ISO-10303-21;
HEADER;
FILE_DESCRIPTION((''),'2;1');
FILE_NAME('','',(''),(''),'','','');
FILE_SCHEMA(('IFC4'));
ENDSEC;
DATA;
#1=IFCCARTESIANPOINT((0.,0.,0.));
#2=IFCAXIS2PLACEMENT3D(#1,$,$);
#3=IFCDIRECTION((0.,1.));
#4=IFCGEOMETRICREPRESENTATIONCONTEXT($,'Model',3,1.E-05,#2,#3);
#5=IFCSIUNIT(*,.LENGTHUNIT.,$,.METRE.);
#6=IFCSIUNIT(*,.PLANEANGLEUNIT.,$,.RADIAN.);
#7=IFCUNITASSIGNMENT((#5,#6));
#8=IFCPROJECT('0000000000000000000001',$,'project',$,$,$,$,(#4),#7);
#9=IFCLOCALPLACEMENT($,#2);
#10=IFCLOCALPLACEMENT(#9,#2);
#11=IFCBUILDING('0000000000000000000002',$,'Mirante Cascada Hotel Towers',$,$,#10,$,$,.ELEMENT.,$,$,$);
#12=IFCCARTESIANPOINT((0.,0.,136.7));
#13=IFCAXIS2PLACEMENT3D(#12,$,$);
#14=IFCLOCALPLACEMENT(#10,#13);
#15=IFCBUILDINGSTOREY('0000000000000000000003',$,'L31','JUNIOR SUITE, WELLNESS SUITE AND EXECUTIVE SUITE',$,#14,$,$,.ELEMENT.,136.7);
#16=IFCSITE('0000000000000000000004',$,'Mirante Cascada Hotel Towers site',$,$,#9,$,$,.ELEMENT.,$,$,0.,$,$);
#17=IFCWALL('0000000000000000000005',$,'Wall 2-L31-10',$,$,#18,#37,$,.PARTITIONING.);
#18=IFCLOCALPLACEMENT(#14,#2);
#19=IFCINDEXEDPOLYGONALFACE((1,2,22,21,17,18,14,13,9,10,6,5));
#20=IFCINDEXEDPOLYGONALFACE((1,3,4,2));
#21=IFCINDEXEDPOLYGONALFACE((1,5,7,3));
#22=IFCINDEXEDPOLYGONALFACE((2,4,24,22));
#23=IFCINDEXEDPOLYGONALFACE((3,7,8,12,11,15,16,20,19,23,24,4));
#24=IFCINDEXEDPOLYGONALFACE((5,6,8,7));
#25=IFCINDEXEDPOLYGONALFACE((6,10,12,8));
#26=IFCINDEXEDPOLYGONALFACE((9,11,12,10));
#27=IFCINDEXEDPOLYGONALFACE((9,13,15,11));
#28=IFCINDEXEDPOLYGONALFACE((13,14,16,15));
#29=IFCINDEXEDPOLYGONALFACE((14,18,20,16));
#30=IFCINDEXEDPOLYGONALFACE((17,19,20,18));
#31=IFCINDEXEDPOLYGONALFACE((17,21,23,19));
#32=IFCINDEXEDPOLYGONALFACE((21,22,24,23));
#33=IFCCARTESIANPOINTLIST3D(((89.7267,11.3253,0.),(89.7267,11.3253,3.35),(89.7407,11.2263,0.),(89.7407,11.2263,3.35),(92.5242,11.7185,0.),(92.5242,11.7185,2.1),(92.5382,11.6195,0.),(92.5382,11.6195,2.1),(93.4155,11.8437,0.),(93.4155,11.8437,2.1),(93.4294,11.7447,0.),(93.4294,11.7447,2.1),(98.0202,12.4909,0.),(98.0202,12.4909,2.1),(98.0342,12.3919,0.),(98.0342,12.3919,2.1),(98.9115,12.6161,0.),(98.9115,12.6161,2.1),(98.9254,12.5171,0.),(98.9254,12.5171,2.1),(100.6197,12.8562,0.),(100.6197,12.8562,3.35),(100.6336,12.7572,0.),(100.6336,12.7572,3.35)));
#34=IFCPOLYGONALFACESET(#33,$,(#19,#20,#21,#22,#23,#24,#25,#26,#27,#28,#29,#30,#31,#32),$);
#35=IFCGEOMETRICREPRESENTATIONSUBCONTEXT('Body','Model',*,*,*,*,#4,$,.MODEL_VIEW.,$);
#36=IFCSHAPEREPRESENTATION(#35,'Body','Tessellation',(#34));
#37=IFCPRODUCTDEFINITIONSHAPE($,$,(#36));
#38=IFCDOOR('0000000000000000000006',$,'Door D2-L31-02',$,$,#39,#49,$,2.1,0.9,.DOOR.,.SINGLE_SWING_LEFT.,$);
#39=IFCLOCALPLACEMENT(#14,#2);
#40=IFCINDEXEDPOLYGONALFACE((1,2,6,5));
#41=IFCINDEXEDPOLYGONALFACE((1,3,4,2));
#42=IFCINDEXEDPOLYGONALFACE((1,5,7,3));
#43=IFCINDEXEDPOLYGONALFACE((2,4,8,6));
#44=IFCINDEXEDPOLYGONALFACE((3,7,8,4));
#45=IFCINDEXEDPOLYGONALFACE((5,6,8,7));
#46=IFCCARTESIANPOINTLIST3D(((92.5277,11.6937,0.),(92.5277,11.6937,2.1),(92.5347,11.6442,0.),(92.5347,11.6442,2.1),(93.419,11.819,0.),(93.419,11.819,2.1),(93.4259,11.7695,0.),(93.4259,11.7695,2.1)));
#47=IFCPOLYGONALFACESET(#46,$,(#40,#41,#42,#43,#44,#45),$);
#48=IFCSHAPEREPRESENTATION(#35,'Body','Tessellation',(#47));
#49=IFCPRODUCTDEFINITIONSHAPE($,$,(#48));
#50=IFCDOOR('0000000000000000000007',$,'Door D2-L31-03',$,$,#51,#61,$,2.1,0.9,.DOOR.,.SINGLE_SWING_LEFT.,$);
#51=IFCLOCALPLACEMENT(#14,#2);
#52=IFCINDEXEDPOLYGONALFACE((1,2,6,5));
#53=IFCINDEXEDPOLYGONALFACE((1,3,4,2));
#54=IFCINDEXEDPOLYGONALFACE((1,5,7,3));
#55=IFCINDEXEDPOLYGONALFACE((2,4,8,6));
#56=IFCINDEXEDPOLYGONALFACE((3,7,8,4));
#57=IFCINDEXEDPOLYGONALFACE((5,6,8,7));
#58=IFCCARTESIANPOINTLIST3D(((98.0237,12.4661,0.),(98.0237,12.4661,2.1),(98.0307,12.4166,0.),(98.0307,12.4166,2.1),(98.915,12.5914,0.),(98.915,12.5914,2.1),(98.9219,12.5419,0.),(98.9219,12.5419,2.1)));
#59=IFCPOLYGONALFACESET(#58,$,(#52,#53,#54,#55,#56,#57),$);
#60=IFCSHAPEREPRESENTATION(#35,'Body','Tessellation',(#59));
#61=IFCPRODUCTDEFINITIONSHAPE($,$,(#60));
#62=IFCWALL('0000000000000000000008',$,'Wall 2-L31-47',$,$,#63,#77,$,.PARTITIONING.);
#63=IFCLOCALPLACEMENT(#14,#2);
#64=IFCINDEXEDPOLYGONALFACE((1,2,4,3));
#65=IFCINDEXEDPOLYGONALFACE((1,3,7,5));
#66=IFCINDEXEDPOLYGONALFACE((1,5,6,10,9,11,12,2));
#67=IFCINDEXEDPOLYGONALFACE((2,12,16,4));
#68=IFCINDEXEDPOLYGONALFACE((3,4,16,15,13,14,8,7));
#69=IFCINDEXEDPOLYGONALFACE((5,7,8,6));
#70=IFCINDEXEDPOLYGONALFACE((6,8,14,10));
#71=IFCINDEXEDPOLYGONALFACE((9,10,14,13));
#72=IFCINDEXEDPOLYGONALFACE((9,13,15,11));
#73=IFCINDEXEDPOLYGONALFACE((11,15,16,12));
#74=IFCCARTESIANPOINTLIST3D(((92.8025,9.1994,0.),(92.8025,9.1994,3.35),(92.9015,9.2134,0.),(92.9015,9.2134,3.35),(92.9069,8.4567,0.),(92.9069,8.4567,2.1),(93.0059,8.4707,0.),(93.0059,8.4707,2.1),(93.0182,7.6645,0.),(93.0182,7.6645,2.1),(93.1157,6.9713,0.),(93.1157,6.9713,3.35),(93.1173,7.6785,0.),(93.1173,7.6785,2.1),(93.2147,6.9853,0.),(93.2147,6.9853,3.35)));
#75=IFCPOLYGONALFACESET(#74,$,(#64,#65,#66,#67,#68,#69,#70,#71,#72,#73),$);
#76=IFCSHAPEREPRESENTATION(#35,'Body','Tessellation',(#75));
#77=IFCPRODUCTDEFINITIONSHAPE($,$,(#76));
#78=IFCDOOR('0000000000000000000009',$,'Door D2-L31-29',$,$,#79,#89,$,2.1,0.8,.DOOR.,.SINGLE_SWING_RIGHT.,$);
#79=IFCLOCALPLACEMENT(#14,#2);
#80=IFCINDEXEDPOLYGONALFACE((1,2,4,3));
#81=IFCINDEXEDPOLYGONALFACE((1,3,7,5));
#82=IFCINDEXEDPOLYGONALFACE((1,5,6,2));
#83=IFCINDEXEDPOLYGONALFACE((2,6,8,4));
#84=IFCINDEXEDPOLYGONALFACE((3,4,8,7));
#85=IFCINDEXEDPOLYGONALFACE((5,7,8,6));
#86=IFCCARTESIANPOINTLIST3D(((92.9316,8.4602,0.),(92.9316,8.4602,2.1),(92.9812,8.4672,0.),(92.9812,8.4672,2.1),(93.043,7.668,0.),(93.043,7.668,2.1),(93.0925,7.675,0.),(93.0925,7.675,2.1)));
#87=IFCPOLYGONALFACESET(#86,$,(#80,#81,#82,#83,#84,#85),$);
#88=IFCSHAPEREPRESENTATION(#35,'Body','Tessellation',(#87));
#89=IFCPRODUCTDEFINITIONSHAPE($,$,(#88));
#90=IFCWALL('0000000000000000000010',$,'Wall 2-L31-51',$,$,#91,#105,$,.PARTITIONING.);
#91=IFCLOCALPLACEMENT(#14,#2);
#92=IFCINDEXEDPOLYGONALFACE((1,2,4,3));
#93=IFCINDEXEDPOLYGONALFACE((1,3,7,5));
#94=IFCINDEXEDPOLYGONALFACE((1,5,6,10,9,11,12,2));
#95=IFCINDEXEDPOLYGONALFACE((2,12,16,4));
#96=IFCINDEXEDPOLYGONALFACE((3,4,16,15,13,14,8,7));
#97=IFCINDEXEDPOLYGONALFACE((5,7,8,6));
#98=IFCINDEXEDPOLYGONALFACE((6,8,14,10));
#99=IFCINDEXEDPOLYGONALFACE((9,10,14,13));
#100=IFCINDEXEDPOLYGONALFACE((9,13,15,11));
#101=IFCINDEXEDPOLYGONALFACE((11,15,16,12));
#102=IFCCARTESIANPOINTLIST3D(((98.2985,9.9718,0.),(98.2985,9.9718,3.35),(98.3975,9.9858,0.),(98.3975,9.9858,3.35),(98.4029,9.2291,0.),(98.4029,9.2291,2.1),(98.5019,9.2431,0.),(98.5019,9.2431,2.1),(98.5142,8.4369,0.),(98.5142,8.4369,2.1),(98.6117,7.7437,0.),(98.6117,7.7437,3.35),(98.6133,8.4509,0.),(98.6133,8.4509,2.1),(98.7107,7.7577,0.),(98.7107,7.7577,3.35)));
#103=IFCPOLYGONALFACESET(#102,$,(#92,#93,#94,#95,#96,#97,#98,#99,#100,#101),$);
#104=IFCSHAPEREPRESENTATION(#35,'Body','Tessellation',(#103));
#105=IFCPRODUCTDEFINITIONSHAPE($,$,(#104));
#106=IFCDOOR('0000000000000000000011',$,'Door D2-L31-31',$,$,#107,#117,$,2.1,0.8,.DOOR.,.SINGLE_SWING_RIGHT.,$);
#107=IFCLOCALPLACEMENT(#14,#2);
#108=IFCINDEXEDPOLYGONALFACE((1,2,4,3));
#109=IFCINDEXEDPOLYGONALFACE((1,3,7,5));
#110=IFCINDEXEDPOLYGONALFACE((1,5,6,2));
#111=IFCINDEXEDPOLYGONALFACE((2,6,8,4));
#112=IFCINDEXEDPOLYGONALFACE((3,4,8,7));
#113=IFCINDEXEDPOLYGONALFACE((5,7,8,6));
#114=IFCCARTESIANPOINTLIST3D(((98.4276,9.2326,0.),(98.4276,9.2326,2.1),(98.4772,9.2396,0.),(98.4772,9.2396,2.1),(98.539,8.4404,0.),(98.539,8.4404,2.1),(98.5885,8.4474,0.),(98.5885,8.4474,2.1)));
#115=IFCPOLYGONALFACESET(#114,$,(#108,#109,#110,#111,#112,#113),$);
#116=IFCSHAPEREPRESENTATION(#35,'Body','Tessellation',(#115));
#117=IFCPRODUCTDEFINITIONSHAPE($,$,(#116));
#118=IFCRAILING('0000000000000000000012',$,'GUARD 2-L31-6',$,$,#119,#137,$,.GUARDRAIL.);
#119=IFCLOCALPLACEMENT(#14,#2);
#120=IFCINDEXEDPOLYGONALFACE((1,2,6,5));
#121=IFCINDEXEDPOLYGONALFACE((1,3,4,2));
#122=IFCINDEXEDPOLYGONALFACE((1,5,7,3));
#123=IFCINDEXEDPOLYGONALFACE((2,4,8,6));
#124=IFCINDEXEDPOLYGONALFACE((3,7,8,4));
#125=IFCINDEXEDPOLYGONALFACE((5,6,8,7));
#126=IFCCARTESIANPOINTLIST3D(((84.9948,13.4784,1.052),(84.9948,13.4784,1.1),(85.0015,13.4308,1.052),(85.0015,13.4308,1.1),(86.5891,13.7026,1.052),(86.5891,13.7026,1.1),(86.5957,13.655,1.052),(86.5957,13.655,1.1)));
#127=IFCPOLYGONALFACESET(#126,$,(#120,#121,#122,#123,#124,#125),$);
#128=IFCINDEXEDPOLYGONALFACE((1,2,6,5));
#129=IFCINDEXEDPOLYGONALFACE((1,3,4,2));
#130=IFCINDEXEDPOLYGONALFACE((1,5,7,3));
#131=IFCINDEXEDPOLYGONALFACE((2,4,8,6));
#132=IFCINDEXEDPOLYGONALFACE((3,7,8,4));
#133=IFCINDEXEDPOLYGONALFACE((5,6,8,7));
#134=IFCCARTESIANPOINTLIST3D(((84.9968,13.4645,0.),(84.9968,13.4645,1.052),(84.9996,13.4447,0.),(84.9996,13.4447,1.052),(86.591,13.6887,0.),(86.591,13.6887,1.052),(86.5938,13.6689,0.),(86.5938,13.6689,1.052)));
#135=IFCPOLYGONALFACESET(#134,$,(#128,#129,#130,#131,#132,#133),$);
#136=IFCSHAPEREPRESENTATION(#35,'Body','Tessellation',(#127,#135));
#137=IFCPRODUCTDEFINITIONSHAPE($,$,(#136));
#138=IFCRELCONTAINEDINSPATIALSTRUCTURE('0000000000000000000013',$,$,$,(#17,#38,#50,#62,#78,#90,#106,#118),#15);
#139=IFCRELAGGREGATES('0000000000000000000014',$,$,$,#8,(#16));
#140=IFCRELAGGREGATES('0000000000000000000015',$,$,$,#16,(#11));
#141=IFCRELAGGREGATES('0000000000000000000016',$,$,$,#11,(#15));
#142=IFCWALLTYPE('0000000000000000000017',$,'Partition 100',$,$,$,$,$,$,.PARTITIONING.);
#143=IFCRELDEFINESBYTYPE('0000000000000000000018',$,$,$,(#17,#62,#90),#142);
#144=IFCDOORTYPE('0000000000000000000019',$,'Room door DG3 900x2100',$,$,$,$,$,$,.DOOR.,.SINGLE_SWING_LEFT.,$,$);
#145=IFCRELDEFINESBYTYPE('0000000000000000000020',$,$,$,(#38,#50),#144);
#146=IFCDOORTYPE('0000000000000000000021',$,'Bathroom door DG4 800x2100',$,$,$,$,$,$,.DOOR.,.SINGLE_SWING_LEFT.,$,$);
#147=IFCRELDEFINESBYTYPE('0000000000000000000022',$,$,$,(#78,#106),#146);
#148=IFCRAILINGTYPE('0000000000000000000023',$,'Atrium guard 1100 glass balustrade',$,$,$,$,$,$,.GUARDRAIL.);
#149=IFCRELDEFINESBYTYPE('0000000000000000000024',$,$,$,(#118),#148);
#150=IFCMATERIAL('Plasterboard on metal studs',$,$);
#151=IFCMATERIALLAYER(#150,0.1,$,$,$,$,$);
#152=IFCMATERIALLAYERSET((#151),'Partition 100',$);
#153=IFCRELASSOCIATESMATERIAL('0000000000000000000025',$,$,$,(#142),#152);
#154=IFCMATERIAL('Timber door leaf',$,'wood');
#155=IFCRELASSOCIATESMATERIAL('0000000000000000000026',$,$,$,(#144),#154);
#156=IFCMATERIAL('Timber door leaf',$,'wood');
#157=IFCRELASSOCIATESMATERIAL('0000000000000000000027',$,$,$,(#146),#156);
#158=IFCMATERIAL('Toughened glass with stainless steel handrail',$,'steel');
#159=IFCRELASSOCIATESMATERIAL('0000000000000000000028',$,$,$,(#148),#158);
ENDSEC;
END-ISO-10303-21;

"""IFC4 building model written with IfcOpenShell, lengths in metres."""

from ifc_helpers import new_model, si_unit, direction, frame, frame_2d, origin, origin_2d, place, context, subcontext, project, spatial, rectangle, extrude, material, layer, layer_set, type_object, element, fill, save


model = new_model("IFC4")

# Units and contexts
model_context = context("Model", 3, precision=1e-05, world=origin(), true_north=direction((0.0, 1.0)))
body_context = subcontext(model_context, "Body", "Model", "MODEL_VIEW")
ifc_project = project(units=[si_unit("LENGTHUNIT", "METRE"), si_unit("PLANEANGLEUNIT", "RADIAN")], contexts=[model_context])

# Site, building, storey
site_placement = place(None, origin())
site = spatial("IfcSite", under=ifc_project, at=site_placement, Name="Mirante Cascada Hotel Towers site", CompositionType="ELEMENT", RefElevation=0.0)
building_placement = place(site_placement, origin())
building = spatial("IfcBuilding", under=site, at=building_placement, Name="Mirante Cascada Hotel Towers", CompositionType="ELEMENT")
storey_placement = place(building_placement, frame((0.0, 0.0, 136.7)))
storey = spatial("IfcBuildingStorey", under=building, at=storey_placement, Name="L31", Description="JUNIOR SUITE, WELLNESS SUITE AND EXECUTIVE SUITE", CompositionType="ELEMENT", Elevation=136.7)

# Shared definitions
ifc_material_1 = material(Name="Plasterboard on metal studs")
ifc_layer_1 = layer(ifc_material_1, 0.1)
ifc_layer_set_1 = layer_set([ifc_layer_1], Name="Partition 100")
wall_type_1 = type_object("IfcWallType", Name="Partition 100", PredefinedType="PARTITIONING", material=ifc_layer_set_1)

# Wall, openings, doors
wall_1_placement = place(storey_placement, frame((89.7337, 11.2758, 0.0), z_axis=(0.0, 0.0, 1.0), x_axis=(0.990268, 0.139173, 0.0)))
wall_1 = element("IfcWall", 1, at=wall_1_placement, inside=storey, type_object=wall_type_1, Name="Wall 2-L31-10", PredefinedType="PARTITIONING", context=body_context, shape_type="SweptSolid", body=[
    extrude(rectangle(XDim=11.0, YDim=0.1, at=frame_2d((5.5, 0.0))), origin(), (0.0, 0.0, 1.0), 3.35),
])
opening_1_placement = place(wall_1_placement, frame((2.825, 0.0, 0.0)))
opening_1 = element("IfcOpeningElement", 2, at=opening_1_placement, cuts=wall_1, PredefinedType="OPENING", context=body_context, shape_type="SweptSolid", body=[
    extrude(rectangle(XDim=0.9, YDim=2.1, at=frame_2d((0.45, 1.05))), frame((0.0, 0.05, 0.0), z_axis=(0.0, -1.0, 0.0), x_axis=(1.0, 0.0, 0.0)), (0.0, 0.0, 1.0), 0.1),
])
opening_2_placement = place(wall_1_placement, frame((8.375, 0.0, 0.0)))
opening_2 = element("IfcOpeningElement", 3, at=opening_2_placement, cuts=wall_1, PredefinedType="OPENING", context=body_context, shape_type="SweptSolid", body=[
    extrude(rectangle(XDim=0.9, YDim=2.1, at=frame_2d((0.45, 1.05))), frame((0.0, 0.05, 0.0), z_axis=(0.0, -1.0, 0.0), x_axis=(1.0, 0.0, 0.0)), (0.0, 0.0, 1.0), 0.1),
])
ifc_material_2 = material(Name="Timber door leaf", Category="wood")
door_type_1 = type_object("IfcDoorType", Name="Room door DG3 900x2100", OperationType="SINGLE_SWING_LEFT", PredefinedType="DOOR", material=ifc_material_2)
door_1_placement = place(opening_1_placement, origin())
door_1 = element("IfcDoor", 4, at=door_1_placement, inside=storey, type_object=door_type_1, Name="Door D2-L31-02", OperationType="SINGLE_SWING_LEFT", OverallHeight=2.1, OverallWidth=0.9, PredefinedType="DOOR", context=body_context, shape_type="SweptSolid", body=[
    extrude(rectangle(XDim=0.9, YDim=2.1, at=frame_2d((0.45, 1.05))), frame((0.0, 0.025, 0.0), z_axis=(0.0, -1.0, 0.0), x_axis=(1.0, 0.0, 0.0)), (0.0, 0.0, 1.0), 0.05),
])
fill(opening_1, door_1)
door_2_placement = place(opening_2_placement, origin())
door_2 = element("IfcDoor", 5, at=door_2_placement, inside=storey, type_object=door_type_1, Name="Door D2-L31-03", OperationType="SINGLE_SWING_LEFT", OverallHeight=2.1, OverallWidth=0.9, PredefinedType="DOOR", context=body_context, shape_type="SweptSolid", body=[
    extrude(rectangle(XDim=0.9, YDim=2.1, at=frame_2d((0.45, 1.05))), frame((0.0, 0.025, 0.0), z_axis=(0.0, -1.0, 0.0), x_axis=(1.0, 0.0, 0.0)), (0.0, 0.0, 1.0), 0.05),
])
fill(opening_2, door_2)

# Walls, openings, doors
wall_2_placement = place(storey_placement, frame((92.852, 9.2064, 0.0), z_axis=(0.0, 0.0, 1.0), x_axis=(0.1392, -0.990264, 0.0)))
wall_2 = element("IfcWall", 6, at=wall_2_placement, inside=storey, type_object=wall_type_1, Name="Wall 2-L31-47", PredefinedType="PARTITIONING", context=body_context, shape_type="SweptSolid", body=[
    extrude(rectangle(XDim=2.25, YDim=0.1, at=frame_2d((1.125, 0.0))), origin(), (0.0, 0.0, 1.0), 3.35),
])
opening_3_placement = place(wall_2_placement, frame((0.75, 0.0, 0.0)))
opening_3 = element("IfcOpeningElement", 7, at=opening_3_placement, cuts=wall_2, PredefinedType="OPENING", context=body_context, shape_type="SweptSolid", body=[
    extrude(rectangle(XDim=0.8, YDim=2.1, at=frame_2d((0.4, 1.05))), frame((0.0, 0.05, 0.0), z_axis=(0.0, -1.0, 0.0), x_axis=(1.0, 0.0, 0.0)), (0.0, 0.0, 1.0), 0.1),
])
ifc_material_3 = material(Name="Timber door leaf", Category="wood")
door_type_2 = type_object("IfcDoorType", Name="Bathroom door DG4 800x2100", OperationType="SINGLE_SWING_LEFT", PredefinedType="DOOR", material=ifc_material_3)
door_3_placement = place(opening_3_placement, frame((0.8, 0.0, 0.0), z_axis=(0.0, 0.0, 1.0), x_axis=(-1.0, 0.0, 0.0)))
door_3 = element("IfcDoor", 8, at=door_3_placement, inside=storey, type_object=door_type_2, Name="Door D2-L31-29", OperationType="SINGLE_SWING_RIGHT", OverallHeight=2.1, OverallWidth=0.8, PredefinedType="DOOR", context=body_context, shape_type="SweptSolid", body=[
    extrude(rectangle(XDim=0.8, YDim=2.1, at=frame_2d((0.4, 1.05))), frame((0.0, 0.025, 0.0), z_axis=(0.0, -1.0, 0.0), x_axis=(1.0, 0.0, 0.0)), (0.0, 0.0, 1.0), 0.05),
])
fill(opening_3, door_3)
wall_3_placement = place(storey_placement, frame((98.348, 9.9788, 0.0), z_axis=(0.0, 0.0, 1.0), x_axis=(0.1392, -0.990264, 0.0)))
wall_3 = element("IfcWall", 9, at=wall_3_placement, inside=storey, type_object=wall_type_1, Name="Wall 2-L31-51", PredefinedType="PARTITIONING", context=body_context, shape_type="SweptSolid", body=[
    extrude(rectangle(XDim=2.25, YDim=0.1, at=frame_2d((1.125, 0.0))), origin(), (0.0, 0.0, 1.0), 3.35),
])
opening_4_placement = place(wall_3_placement, frame((0.75, 0.0, 0.0)))
opening_4 = element("IfcOpeningElement", 10, at=opening_4_placement, cuts=wall_3, PredefinedType="OPENING", context=body_context, shape_type="SweptSolid", body=[
    extrude(rectangle(XDim=0.8, YDim=2.1, at=frame_2d((0.4, 1.05))), frame((0.0, 0.05, 0.0), z_axis=(0.0, -1.0, 0.0), x_axis=(1.0, 0.0, 0.0)), (0.0, 0.0, 1.0), 0.1),
])
door_4_placement = place(opening_4_placement, frame((0.8, 0.0, 0.0), z_axis=(0.0, 0.0, 1.0), x_axis=(-1.0, 0.0, 0.0)))
door_4 = element("IfcDoor", 11, at=door_4_placement, inside=storey, type_object=door_type_2, Name="Door D2-L31-31", OperationType="SINGLE_SWING_RIGHT", OverallHeight=2.1, OverallWidth=0.8, PredefinedType="DOOR", context=body_context, shape_type="SweptSolid", body=[
    extrude(rectangle(XDim=0.8, YDim=2.1, at=frame_2d((0.4, 1.05))), frame((0.0, 0.025, 0.0), z_axis=(0.0, -1.0, 0.0), x_axis=(1.0, 0.0, 0.0)), (0.0, 0.0, 1.0), 0.05),
])
fill(opening_4, door_4)

# Railing
ifc_material_4 = material(Name="Toughened glass with stainless steel handrail", Category="steel")
railing_type = type_object("IfcRailingType", Name="Atrium guard 1100 glass balustrade", PredefinedType="GUARDRAIL", material=ifc_material_4)
railing_placement = place(storey_placement, frame((86.5924, 13.6788, 0.0)))
element("IfcRailing", 12, at=railing_placement, inside=storey, type_object=railing_type, Name="GUARD 2-L31-6", PredefinedType="GUARDRAIL", context=body_context, shape_type="SweptSolid", body=[
    extrude(rectangle(XDim=0.048, YDim=0.048, at=origin_2d()), frame((0.0, 0.0, 1.076), z_axis=(-0.990255, -0.139264, 0.0), x_axis=(0.139264, -0.990255, 0.0)), (0.0, 0.0, 1.0), 1.6099),
    extrude(rectangle(XDim=0.02, YDim=1.052, at=origin_2d()), frame((0.0, 0.0, 0.526), z_axis=(-0.990255, -0.139264, 0.0), x_axis=(0.139264, -0.990255, 0.0)), (0.0, 0.0, 1.0), 1.6099),
])

save(model, "model.ifc")
